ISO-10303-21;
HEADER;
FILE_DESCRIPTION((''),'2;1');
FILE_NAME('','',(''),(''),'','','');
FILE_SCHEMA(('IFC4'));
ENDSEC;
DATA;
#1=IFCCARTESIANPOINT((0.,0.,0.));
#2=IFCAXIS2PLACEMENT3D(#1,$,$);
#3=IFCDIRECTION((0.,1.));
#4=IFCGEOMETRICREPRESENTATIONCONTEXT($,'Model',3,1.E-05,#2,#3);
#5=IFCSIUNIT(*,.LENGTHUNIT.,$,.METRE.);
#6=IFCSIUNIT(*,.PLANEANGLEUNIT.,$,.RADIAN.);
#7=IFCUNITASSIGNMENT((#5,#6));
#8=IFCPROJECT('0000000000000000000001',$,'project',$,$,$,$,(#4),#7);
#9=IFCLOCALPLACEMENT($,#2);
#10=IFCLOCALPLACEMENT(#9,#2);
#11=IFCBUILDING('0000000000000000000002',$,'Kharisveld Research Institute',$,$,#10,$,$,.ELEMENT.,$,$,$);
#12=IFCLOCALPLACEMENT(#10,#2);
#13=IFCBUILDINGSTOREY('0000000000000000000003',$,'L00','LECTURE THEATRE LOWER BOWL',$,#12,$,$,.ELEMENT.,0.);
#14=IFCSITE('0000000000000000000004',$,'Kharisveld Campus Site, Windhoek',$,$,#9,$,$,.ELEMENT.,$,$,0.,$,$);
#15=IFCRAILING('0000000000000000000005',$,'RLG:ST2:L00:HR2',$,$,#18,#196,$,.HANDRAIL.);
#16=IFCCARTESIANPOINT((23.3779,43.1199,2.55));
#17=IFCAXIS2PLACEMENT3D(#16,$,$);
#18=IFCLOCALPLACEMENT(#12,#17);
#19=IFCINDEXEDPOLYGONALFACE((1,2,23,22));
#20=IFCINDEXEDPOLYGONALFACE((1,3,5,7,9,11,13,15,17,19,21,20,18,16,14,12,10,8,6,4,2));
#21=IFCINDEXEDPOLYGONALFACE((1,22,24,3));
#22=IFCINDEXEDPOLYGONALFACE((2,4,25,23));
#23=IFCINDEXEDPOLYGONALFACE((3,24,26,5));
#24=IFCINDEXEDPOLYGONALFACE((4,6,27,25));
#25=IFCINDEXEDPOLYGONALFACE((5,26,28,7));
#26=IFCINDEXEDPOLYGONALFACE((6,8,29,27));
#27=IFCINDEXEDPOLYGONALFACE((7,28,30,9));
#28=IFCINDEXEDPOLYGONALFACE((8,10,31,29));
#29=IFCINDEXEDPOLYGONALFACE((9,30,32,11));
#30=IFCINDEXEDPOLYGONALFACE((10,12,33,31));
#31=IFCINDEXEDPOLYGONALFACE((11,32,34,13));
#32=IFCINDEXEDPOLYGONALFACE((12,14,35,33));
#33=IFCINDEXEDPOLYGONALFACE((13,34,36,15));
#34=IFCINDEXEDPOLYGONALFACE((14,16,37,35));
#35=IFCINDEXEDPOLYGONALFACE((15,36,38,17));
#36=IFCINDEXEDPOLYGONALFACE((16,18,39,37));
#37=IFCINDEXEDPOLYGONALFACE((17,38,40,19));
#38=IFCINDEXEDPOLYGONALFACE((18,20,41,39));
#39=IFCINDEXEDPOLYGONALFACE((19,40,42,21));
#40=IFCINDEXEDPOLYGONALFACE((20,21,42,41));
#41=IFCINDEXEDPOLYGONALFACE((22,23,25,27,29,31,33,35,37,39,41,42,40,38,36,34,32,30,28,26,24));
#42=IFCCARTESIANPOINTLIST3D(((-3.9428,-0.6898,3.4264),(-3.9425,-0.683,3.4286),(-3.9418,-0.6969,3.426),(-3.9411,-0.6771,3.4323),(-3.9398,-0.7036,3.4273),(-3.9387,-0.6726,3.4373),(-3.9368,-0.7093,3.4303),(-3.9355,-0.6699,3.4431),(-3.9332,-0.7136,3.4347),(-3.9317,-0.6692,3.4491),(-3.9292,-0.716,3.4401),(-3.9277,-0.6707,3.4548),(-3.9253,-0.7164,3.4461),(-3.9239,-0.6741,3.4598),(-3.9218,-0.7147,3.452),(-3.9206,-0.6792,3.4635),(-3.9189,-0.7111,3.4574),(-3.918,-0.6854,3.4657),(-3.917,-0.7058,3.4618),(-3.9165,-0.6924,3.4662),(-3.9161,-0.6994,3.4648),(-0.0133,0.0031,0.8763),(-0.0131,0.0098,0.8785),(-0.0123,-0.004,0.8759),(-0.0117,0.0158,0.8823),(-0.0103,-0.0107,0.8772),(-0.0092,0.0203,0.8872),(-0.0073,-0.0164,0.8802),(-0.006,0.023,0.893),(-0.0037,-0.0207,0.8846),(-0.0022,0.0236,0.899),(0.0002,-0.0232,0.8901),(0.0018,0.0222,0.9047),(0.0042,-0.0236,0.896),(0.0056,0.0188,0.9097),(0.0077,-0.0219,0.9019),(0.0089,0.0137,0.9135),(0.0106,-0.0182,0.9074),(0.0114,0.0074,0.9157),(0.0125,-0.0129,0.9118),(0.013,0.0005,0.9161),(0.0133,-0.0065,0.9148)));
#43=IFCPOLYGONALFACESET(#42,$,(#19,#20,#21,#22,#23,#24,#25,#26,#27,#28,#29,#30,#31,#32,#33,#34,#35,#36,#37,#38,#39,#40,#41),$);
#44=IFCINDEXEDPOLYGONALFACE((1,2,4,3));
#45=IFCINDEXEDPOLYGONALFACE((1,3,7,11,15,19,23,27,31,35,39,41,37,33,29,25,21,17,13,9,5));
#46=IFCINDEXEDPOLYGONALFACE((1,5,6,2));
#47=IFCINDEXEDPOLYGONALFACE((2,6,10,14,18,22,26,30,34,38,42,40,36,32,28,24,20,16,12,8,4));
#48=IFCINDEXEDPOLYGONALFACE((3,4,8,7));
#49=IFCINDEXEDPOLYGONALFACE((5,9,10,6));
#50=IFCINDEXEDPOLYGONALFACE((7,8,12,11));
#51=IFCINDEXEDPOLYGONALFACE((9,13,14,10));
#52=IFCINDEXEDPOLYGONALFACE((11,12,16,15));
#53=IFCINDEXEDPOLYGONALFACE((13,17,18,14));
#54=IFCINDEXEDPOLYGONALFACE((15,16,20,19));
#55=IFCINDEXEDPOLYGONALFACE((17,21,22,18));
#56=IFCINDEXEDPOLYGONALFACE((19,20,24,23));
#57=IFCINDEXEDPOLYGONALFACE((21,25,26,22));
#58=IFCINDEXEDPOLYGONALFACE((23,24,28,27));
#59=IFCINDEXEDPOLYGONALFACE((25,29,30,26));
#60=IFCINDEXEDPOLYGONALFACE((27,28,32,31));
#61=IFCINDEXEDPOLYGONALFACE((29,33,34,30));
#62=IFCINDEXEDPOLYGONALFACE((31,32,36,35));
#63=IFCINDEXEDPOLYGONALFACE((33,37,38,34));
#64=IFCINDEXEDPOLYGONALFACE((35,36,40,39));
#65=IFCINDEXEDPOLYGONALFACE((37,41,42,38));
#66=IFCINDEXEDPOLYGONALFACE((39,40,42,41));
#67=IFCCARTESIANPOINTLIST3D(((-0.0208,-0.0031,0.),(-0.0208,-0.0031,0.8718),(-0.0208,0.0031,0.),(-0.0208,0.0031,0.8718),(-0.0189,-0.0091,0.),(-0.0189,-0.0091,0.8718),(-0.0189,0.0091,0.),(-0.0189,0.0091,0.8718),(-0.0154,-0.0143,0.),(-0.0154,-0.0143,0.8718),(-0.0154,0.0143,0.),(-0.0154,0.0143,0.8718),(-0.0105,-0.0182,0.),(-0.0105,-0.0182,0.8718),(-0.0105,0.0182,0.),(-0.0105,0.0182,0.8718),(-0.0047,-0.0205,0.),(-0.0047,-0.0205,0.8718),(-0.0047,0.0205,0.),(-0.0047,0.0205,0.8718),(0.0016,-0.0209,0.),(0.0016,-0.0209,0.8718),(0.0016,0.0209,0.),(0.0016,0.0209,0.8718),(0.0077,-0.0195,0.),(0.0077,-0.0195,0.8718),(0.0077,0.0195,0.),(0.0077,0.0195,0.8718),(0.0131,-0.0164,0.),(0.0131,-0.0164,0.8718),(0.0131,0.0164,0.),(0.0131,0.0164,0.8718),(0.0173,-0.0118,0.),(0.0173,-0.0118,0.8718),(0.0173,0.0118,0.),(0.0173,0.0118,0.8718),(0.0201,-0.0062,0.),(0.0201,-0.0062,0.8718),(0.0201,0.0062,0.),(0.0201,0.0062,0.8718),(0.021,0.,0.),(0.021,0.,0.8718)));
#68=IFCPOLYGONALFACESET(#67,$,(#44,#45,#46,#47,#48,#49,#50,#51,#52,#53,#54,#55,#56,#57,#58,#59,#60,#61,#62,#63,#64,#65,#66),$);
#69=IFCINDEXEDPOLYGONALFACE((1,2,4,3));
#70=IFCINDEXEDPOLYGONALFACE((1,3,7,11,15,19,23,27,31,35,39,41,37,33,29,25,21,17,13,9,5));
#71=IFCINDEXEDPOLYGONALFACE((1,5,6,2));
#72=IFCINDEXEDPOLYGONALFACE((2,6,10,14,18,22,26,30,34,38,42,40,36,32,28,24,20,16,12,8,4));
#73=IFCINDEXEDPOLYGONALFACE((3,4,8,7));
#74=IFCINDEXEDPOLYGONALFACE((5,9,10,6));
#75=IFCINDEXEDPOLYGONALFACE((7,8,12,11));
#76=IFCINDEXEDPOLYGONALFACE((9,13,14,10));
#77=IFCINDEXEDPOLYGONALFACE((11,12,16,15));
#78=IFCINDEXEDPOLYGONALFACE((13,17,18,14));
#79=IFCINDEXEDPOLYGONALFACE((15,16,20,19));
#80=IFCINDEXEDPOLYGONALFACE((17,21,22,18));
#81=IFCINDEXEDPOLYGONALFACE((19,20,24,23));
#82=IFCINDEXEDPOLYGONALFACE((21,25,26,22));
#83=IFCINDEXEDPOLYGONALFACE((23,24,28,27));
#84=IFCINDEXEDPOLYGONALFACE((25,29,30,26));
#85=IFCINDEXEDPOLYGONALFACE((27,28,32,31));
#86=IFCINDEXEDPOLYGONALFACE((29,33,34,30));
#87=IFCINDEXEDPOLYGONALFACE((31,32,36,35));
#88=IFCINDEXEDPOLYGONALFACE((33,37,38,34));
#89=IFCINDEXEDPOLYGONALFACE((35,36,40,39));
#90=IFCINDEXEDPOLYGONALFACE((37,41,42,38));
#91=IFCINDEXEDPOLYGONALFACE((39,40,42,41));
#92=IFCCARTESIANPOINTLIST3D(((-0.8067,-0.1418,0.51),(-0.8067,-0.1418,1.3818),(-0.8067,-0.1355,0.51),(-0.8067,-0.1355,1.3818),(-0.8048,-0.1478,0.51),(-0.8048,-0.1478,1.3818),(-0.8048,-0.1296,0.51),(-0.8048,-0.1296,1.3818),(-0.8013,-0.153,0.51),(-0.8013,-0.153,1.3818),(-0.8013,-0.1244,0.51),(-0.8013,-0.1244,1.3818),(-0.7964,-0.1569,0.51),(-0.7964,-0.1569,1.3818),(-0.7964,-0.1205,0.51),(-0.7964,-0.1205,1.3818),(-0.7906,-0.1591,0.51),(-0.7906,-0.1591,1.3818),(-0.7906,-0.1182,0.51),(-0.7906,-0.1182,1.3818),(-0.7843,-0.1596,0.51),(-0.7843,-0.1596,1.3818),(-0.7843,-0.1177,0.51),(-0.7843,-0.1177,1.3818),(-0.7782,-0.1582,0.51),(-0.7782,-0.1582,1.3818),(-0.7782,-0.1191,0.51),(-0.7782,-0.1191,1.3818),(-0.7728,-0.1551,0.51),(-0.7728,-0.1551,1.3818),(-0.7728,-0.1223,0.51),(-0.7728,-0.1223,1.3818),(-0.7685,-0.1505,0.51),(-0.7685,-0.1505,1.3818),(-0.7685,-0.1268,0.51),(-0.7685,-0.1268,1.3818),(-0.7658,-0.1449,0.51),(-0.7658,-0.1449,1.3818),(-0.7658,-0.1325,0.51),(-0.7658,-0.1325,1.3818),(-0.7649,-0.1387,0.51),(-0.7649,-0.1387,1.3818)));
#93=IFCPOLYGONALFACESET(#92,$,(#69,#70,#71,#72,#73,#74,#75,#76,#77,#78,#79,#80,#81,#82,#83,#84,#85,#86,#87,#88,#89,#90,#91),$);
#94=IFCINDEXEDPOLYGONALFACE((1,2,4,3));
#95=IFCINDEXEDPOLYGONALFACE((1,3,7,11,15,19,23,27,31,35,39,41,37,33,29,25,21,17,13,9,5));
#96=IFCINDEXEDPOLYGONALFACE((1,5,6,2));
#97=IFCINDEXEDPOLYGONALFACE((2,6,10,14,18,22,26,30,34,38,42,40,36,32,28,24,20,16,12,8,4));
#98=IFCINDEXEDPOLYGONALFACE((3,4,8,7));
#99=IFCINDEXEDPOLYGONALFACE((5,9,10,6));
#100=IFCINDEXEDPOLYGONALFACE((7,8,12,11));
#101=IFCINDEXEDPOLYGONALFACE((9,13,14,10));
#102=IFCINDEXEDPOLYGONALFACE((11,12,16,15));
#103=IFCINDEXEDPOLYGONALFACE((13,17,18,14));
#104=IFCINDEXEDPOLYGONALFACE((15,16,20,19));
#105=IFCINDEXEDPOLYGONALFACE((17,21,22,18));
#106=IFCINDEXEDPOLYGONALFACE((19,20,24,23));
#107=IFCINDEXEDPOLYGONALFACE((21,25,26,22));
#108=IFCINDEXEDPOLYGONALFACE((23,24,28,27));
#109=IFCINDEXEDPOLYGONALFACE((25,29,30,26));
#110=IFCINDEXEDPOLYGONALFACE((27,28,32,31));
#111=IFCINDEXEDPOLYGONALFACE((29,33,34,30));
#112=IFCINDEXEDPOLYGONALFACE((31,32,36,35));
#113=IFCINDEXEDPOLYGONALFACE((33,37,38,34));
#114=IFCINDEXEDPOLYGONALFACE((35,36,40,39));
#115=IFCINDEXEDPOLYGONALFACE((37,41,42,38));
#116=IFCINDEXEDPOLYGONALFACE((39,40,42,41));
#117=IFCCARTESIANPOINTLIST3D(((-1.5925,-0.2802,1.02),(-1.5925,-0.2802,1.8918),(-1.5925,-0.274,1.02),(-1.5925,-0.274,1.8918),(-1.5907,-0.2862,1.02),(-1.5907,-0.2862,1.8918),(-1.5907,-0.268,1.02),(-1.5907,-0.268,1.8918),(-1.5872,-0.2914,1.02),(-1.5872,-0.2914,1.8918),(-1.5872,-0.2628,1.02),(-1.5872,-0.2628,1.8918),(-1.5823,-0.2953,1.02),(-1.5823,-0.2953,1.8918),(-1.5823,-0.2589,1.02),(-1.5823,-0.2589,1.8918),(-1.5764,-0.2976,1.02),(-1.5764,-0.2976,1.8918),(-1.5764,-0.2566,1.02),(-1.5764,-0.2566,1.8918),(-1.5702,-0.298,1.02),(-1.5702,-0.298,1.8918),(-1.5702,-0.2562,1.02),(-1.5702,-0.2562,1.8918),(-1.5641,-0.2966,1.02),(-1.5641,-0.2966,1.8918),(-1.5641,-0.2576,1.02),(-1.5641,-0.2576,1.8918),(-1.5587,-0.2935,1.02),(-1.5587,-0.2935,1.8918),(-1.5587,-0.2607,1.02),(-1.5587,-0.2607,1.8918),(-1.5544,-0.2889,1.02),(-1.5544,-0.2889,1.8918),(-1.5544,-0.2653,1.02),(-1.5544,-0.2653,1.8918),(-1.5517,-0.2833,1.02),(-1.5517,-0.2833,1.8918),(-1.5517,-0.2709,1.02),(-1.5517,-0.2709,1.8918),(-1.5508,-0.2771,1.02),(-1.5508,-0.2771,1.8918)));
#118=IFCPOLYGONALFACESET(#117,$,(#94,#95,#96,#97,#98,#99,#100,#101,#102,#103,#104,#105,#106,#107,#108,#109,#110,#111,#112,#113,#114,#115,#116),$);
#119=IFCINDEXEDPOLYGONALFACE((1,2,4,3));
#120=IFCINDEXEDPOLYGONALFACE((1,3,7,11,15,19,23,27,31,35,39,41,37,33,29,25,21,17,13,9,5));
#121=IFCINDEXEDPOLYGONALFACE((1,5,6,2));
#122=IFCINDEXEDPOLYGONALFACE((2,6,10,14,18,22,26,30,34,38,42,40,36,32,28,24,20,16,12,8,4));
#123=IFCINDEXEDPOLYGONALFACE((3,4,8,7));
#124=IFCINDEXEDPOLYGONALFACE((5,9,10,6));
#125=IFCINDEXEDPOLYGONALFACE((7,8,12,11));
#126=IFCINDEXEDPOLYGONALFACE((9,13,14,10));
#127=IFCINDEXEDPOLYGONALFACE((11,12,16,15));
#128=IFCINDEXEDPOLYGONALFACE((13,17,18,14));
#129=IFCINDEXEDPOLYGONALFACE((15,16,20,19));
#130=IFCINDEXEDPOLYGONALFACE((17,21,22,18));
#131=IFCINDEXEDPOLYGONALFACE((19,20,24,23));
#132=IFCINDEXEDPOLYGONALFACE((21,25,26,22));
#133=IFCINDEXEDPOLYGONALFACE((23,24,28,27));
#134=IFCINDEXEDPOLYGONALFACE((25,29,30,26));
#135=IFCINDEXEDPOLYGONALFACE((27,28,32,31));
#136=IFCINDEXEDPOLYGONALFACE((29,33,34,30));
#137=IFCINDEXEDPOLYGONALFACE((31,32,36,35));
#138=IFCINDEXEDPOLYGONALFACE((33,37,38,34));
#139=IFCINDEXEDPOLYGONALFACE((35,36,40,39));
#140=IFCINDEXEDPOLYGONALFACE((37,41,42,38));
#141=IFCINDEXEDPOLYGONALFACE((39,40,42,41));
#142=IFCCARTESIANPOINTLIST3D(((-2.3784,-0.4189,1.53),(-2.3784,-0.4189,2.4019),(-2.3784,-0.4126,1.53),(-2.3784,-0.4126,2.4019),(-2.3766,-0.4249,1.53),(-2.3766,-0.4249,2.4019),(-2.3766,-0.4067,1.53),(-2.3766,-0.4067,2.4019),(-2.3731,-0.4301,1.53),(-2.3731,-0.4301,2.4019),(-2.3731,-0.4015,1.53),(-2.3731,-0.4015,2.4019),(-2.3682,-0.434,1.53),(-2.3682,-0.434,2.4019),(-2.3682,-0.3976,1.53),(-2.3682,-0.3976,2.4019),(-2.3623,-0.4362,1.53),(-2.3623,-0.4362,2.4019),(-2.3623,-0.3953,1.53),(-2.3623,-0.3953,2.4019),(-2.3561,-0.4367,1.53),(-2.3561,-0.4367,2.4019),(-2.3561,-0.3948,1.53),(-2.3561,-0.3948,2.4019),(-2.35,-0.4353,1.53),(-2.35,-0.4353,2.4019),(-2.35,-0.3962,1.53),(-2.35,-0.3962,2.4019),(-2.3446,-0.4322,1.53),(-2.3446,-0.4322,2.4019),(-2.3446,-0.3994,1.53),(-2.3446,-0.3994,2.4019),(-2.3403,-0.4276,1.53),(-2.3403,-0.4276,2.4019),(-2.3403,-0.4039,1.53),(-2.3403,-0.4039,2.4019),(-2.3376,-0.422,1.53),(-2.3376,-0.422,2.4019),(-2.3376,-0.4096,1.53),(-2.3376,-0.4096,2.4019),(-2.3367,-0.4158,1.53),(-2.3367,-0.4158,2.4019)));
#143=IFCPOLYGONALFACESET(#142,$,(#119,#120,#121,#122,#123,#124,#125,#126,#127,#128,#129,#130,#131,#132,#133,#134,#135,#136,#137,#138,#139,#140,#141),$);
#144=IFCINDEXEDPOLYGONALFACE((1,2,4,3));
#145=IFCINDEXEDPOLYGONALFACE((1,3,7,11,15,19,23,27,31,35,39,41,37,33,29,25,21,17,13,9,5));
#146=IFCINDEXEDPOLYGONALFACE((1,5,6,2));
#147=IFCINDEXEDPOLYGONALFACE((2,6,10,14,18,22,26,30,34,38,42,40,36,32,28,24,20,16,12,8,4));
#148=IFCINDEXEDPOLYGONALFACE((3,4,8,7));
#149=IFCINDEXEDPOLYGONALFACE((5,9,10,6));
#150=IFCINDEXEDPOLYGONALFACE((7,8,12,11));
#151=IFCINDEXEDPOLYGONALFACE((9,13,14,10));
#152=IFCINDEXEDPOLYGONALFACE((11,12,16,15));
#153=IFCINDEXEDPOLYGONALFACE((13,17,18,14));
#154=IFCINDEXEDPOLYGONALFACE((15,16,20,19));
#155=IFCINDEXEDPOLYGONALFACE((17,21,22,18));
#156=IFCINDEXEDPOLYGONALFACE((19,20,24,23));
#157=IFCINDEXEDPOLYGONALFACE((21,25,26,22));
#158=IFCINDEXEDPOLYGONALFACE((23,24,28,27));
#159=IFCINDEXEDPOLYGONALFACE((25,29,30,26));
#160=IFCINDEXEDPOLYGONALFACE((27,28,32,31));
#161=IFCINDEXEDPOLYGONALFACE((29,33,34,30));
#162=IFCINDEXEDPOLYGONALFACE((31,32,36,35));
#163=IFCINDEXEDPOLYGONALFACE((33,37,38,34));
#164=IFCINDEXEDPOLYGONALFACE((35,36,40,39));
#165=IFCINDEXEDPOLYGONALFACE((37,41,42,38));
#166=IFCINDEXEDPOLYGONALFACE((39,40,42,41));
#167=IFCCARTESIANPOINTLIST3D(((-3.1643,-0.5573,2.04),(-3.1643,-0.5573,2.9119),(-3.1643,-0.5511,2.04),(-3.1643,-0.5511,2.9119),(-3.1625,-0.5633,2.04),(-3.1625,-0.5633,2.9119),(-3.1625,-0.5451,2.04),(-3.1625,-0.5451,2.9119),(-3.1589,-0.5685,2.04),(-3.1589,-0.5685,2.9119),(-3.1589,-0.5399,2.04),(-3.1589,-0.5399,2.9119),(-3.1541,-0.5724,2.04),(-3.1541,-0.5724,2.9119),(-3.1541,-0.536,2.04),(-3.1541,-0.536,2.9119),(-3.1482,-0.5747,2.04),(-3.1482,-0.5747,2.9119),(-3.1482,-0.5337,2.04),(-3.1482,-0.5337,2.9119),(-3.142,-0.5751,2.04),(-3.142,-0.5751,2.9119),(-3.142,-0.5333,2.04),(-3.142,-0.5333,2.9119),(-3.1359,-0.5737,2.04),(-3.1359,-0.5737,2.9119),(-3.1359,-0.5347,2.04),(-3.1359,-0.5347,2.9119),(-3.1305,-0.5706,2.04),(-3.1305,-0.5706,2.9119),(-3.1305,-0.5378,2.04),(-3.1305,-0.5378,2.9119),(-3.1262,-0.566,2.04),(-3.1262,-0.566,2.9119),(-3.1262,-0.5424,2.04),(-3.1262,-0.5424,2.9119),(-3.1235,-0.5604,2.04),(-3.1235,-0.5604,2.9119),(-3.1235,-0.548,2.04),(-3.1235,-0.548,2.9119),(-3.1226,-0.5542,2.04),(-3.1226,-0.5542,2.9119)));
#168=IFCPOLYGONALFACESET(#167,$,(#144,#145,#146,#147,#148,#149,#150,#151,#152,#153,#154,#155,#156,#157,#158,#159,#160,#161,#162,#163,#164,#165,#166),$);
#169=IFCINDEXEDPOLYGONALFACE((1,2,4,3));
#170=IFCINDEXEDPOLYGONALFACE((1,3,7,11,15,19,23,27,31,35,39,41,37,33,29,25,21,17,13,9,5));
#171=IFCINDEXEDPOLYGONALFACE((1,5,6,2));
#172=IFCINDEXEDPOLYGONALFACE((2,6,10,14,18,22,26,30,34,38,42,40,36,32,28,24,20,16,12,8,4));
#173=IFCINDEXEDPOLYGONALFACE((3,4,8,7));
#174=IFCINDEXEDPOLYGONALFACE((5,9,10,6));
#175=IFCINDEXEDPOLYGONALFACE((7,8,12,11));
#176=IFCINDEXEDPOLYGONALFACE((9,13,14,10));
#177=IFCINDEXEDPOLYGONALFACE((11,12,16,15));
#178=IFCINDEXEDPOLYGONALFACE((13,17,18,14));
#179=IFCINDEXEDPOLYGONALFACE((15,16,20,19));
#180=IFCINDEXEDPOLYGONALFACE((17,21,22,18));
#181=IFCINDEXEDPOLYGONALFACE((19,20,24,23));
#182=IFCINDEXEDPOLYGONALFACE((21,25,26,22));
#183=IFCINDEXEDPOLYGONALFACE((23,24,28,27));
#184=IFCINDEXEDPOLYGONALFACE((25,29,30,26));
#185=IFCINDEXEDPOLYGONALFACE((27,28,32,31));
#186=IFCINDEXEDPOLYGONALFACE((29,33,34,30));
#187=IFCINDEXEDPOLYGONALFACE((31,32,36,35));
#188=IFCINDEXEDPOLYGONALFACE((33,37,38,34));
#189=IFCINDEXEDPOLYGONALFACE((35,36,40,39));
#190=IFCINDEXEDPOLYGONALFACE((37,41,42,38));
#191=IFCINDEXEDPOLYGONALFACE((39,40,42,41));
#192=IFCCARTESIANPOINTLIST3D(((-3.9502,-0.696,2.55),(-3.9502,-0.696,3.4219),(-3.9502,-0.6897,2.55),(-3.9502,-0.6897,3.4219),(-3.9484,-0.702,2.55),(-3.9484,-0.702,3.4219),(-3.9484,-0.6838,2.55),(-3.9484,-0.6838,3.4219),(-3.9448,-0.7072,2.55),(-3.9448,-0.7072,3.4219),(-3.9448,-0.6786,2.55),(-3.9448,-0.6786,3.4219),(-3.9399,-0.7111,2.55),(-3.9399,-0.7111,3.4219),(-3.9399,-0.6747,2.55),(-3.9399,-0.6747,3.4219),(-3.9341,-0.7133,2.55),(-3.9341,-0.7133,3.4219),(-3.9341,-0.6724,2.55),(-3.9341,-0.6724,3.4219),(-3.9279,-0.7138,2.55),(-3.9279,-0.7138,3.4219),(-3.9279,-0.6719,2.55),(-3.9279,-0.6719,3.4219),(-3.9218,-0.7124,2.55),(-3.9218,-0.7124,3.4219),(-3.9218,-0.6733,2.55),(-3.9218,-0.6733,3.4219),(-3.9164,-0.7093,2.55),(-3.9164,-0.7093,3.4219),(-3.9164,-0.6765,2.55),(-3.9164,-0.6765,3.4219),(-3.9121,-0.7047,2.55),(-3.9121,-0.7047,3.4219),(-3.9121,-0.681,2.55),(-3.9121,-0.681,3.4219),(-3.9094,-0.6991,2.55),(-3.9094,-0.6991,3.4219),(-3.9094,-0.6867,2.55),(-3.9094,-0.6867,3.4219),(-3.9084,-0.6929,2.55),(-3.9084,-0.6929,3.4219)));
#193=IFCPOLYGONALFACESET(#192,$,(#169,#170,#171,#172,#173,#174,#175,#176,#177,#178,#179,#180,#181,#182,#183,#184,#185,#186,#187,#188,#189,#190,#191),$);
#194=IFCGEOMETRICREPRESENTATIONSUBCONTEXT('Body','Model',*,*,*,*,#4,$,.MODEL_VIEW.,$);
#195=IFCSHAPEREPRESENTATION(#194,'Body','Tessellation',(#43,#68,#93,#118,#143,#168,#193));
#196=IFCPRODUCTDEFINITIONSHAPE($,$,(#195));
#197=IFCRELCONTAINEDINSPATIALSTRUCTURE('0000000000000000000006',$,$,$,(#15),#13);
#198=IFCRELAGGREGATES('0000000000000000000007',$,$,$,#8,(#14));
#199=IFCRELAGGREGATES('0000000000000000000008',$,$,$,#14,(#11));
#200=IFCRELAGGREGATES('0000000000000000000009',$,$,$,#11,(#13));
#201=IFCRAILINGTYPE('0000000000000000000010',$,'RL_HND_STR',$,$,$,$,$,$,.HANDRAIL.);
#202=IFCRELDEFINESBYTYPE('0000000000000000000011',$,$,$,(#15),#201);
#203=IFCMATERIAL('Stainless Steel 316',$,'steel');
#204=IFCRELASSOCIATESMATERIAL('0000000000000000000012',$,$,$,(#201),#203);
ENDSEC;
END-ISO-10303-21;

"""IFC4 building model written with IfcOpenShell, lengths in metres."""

from ifc_helpers import new_model, si_unit, direction, frame, origin, origin_2d, place, context, subcontext, project, spatial, circle, extrude, material, type_object, element, save


model = new_model("IFC4")

# Units and contexts
model_context = context("Model", 3, precision=1e-05, world=origin(), true_north=direction((0.0, 1.0)))
body_context = subcontext(model_context, "Body", "Model", "MODEL_VIEW")
ifc_project = project(units=[si_unit("LENGTHUNIT", "METRE"), si_unit("PLANEANGLEUNIT", "RADIAN")], contexts=[model_context])

# Site, building, storey
site_placement = place(None, origin())
site = spatial("IfcSite", under=ifc_project, at=site_placement, Name="Kharisveld Campus Site, Windhoek", CompositionType="ELEMENT", RefElevation=0.0)
building_placement = place(site_placement, origin())
building = spatial("IfcBuilding", under=site, at=building_placement, Name="Kharisveld Research Institute", CompositionType="ELEMENT")
storey_placement = place(building_placement, origin())
storey = spatial("IfcBuildingStorey", under=building, at=storey_placement, Name="L00", Description="LECTURE THEATRE LOWER BOWL", CompositionType="ELEMENT", Elevation=0.0)

# Railing
ifc_material_1 = material(Name="Stainless Steel 316", Category="steel")
railing_type_1 = type_object("IfcRailingType", Name="RL_HND_STR", PredefinedType="HANDRAIL", material=ifc_material_1)
railing_1_placement = place(storey_placement, frame((23.3779, 43.1199, 2.55)))
element("IfcRailing", 1, at=railing_1_placement, inside=storey, type_object=railing_type_1, Name="RLG:ST2:L00:HR2", PredefinedType="HANDRAIL", context=body_context, shape_type="SweptSolid", body=[
    extrude(circle(Radius=0.0239, at=origin_2d()), frame((0.0, 0.0, 0.896), z_axis=(-0.829814, -0.14632, 0.538516), x_axis=(0.173649, -0.984808, 0.0)), (0.0, 0.0, 1.0), 4.7354),
    extrude(circle(Radius=0.021, at=origin_2d()), origin(), (0.0, 0.0, 1.0), 0.8718),
    extrude(circle(Radius=0.021, at=origin_2d()), frame((-0.7859, -0.1387, 0.51)), (0.0, 0.0, 1.0), 0.8718),
    extrude(circle(Radius=0.021, at=origin_2d()), frame((-1.5718, -0.2771, 1.02)), (0.0, 0.0, 1.0), 0.8718),
    extrude(circle(Radius=0.021, at=origin_2d()), frame((-2.3577, -0.4158, 1.53)), (0.0, 0.0, 1.0), 0.8718),
    extrude(circle(Radius=0.021, at=origin_2d()), frame((-3.1436, -0.5542, 2.04)), (0.0, 0.0, 1.0), 0.8718),
    extrude(circle(Radius=0.021, at=origin_2d()), frame((-3.9294, -0.6929, 2.55)), (0.0, 0.0, 1.0), 0.8718),
])

save(model, "model.ifc")
